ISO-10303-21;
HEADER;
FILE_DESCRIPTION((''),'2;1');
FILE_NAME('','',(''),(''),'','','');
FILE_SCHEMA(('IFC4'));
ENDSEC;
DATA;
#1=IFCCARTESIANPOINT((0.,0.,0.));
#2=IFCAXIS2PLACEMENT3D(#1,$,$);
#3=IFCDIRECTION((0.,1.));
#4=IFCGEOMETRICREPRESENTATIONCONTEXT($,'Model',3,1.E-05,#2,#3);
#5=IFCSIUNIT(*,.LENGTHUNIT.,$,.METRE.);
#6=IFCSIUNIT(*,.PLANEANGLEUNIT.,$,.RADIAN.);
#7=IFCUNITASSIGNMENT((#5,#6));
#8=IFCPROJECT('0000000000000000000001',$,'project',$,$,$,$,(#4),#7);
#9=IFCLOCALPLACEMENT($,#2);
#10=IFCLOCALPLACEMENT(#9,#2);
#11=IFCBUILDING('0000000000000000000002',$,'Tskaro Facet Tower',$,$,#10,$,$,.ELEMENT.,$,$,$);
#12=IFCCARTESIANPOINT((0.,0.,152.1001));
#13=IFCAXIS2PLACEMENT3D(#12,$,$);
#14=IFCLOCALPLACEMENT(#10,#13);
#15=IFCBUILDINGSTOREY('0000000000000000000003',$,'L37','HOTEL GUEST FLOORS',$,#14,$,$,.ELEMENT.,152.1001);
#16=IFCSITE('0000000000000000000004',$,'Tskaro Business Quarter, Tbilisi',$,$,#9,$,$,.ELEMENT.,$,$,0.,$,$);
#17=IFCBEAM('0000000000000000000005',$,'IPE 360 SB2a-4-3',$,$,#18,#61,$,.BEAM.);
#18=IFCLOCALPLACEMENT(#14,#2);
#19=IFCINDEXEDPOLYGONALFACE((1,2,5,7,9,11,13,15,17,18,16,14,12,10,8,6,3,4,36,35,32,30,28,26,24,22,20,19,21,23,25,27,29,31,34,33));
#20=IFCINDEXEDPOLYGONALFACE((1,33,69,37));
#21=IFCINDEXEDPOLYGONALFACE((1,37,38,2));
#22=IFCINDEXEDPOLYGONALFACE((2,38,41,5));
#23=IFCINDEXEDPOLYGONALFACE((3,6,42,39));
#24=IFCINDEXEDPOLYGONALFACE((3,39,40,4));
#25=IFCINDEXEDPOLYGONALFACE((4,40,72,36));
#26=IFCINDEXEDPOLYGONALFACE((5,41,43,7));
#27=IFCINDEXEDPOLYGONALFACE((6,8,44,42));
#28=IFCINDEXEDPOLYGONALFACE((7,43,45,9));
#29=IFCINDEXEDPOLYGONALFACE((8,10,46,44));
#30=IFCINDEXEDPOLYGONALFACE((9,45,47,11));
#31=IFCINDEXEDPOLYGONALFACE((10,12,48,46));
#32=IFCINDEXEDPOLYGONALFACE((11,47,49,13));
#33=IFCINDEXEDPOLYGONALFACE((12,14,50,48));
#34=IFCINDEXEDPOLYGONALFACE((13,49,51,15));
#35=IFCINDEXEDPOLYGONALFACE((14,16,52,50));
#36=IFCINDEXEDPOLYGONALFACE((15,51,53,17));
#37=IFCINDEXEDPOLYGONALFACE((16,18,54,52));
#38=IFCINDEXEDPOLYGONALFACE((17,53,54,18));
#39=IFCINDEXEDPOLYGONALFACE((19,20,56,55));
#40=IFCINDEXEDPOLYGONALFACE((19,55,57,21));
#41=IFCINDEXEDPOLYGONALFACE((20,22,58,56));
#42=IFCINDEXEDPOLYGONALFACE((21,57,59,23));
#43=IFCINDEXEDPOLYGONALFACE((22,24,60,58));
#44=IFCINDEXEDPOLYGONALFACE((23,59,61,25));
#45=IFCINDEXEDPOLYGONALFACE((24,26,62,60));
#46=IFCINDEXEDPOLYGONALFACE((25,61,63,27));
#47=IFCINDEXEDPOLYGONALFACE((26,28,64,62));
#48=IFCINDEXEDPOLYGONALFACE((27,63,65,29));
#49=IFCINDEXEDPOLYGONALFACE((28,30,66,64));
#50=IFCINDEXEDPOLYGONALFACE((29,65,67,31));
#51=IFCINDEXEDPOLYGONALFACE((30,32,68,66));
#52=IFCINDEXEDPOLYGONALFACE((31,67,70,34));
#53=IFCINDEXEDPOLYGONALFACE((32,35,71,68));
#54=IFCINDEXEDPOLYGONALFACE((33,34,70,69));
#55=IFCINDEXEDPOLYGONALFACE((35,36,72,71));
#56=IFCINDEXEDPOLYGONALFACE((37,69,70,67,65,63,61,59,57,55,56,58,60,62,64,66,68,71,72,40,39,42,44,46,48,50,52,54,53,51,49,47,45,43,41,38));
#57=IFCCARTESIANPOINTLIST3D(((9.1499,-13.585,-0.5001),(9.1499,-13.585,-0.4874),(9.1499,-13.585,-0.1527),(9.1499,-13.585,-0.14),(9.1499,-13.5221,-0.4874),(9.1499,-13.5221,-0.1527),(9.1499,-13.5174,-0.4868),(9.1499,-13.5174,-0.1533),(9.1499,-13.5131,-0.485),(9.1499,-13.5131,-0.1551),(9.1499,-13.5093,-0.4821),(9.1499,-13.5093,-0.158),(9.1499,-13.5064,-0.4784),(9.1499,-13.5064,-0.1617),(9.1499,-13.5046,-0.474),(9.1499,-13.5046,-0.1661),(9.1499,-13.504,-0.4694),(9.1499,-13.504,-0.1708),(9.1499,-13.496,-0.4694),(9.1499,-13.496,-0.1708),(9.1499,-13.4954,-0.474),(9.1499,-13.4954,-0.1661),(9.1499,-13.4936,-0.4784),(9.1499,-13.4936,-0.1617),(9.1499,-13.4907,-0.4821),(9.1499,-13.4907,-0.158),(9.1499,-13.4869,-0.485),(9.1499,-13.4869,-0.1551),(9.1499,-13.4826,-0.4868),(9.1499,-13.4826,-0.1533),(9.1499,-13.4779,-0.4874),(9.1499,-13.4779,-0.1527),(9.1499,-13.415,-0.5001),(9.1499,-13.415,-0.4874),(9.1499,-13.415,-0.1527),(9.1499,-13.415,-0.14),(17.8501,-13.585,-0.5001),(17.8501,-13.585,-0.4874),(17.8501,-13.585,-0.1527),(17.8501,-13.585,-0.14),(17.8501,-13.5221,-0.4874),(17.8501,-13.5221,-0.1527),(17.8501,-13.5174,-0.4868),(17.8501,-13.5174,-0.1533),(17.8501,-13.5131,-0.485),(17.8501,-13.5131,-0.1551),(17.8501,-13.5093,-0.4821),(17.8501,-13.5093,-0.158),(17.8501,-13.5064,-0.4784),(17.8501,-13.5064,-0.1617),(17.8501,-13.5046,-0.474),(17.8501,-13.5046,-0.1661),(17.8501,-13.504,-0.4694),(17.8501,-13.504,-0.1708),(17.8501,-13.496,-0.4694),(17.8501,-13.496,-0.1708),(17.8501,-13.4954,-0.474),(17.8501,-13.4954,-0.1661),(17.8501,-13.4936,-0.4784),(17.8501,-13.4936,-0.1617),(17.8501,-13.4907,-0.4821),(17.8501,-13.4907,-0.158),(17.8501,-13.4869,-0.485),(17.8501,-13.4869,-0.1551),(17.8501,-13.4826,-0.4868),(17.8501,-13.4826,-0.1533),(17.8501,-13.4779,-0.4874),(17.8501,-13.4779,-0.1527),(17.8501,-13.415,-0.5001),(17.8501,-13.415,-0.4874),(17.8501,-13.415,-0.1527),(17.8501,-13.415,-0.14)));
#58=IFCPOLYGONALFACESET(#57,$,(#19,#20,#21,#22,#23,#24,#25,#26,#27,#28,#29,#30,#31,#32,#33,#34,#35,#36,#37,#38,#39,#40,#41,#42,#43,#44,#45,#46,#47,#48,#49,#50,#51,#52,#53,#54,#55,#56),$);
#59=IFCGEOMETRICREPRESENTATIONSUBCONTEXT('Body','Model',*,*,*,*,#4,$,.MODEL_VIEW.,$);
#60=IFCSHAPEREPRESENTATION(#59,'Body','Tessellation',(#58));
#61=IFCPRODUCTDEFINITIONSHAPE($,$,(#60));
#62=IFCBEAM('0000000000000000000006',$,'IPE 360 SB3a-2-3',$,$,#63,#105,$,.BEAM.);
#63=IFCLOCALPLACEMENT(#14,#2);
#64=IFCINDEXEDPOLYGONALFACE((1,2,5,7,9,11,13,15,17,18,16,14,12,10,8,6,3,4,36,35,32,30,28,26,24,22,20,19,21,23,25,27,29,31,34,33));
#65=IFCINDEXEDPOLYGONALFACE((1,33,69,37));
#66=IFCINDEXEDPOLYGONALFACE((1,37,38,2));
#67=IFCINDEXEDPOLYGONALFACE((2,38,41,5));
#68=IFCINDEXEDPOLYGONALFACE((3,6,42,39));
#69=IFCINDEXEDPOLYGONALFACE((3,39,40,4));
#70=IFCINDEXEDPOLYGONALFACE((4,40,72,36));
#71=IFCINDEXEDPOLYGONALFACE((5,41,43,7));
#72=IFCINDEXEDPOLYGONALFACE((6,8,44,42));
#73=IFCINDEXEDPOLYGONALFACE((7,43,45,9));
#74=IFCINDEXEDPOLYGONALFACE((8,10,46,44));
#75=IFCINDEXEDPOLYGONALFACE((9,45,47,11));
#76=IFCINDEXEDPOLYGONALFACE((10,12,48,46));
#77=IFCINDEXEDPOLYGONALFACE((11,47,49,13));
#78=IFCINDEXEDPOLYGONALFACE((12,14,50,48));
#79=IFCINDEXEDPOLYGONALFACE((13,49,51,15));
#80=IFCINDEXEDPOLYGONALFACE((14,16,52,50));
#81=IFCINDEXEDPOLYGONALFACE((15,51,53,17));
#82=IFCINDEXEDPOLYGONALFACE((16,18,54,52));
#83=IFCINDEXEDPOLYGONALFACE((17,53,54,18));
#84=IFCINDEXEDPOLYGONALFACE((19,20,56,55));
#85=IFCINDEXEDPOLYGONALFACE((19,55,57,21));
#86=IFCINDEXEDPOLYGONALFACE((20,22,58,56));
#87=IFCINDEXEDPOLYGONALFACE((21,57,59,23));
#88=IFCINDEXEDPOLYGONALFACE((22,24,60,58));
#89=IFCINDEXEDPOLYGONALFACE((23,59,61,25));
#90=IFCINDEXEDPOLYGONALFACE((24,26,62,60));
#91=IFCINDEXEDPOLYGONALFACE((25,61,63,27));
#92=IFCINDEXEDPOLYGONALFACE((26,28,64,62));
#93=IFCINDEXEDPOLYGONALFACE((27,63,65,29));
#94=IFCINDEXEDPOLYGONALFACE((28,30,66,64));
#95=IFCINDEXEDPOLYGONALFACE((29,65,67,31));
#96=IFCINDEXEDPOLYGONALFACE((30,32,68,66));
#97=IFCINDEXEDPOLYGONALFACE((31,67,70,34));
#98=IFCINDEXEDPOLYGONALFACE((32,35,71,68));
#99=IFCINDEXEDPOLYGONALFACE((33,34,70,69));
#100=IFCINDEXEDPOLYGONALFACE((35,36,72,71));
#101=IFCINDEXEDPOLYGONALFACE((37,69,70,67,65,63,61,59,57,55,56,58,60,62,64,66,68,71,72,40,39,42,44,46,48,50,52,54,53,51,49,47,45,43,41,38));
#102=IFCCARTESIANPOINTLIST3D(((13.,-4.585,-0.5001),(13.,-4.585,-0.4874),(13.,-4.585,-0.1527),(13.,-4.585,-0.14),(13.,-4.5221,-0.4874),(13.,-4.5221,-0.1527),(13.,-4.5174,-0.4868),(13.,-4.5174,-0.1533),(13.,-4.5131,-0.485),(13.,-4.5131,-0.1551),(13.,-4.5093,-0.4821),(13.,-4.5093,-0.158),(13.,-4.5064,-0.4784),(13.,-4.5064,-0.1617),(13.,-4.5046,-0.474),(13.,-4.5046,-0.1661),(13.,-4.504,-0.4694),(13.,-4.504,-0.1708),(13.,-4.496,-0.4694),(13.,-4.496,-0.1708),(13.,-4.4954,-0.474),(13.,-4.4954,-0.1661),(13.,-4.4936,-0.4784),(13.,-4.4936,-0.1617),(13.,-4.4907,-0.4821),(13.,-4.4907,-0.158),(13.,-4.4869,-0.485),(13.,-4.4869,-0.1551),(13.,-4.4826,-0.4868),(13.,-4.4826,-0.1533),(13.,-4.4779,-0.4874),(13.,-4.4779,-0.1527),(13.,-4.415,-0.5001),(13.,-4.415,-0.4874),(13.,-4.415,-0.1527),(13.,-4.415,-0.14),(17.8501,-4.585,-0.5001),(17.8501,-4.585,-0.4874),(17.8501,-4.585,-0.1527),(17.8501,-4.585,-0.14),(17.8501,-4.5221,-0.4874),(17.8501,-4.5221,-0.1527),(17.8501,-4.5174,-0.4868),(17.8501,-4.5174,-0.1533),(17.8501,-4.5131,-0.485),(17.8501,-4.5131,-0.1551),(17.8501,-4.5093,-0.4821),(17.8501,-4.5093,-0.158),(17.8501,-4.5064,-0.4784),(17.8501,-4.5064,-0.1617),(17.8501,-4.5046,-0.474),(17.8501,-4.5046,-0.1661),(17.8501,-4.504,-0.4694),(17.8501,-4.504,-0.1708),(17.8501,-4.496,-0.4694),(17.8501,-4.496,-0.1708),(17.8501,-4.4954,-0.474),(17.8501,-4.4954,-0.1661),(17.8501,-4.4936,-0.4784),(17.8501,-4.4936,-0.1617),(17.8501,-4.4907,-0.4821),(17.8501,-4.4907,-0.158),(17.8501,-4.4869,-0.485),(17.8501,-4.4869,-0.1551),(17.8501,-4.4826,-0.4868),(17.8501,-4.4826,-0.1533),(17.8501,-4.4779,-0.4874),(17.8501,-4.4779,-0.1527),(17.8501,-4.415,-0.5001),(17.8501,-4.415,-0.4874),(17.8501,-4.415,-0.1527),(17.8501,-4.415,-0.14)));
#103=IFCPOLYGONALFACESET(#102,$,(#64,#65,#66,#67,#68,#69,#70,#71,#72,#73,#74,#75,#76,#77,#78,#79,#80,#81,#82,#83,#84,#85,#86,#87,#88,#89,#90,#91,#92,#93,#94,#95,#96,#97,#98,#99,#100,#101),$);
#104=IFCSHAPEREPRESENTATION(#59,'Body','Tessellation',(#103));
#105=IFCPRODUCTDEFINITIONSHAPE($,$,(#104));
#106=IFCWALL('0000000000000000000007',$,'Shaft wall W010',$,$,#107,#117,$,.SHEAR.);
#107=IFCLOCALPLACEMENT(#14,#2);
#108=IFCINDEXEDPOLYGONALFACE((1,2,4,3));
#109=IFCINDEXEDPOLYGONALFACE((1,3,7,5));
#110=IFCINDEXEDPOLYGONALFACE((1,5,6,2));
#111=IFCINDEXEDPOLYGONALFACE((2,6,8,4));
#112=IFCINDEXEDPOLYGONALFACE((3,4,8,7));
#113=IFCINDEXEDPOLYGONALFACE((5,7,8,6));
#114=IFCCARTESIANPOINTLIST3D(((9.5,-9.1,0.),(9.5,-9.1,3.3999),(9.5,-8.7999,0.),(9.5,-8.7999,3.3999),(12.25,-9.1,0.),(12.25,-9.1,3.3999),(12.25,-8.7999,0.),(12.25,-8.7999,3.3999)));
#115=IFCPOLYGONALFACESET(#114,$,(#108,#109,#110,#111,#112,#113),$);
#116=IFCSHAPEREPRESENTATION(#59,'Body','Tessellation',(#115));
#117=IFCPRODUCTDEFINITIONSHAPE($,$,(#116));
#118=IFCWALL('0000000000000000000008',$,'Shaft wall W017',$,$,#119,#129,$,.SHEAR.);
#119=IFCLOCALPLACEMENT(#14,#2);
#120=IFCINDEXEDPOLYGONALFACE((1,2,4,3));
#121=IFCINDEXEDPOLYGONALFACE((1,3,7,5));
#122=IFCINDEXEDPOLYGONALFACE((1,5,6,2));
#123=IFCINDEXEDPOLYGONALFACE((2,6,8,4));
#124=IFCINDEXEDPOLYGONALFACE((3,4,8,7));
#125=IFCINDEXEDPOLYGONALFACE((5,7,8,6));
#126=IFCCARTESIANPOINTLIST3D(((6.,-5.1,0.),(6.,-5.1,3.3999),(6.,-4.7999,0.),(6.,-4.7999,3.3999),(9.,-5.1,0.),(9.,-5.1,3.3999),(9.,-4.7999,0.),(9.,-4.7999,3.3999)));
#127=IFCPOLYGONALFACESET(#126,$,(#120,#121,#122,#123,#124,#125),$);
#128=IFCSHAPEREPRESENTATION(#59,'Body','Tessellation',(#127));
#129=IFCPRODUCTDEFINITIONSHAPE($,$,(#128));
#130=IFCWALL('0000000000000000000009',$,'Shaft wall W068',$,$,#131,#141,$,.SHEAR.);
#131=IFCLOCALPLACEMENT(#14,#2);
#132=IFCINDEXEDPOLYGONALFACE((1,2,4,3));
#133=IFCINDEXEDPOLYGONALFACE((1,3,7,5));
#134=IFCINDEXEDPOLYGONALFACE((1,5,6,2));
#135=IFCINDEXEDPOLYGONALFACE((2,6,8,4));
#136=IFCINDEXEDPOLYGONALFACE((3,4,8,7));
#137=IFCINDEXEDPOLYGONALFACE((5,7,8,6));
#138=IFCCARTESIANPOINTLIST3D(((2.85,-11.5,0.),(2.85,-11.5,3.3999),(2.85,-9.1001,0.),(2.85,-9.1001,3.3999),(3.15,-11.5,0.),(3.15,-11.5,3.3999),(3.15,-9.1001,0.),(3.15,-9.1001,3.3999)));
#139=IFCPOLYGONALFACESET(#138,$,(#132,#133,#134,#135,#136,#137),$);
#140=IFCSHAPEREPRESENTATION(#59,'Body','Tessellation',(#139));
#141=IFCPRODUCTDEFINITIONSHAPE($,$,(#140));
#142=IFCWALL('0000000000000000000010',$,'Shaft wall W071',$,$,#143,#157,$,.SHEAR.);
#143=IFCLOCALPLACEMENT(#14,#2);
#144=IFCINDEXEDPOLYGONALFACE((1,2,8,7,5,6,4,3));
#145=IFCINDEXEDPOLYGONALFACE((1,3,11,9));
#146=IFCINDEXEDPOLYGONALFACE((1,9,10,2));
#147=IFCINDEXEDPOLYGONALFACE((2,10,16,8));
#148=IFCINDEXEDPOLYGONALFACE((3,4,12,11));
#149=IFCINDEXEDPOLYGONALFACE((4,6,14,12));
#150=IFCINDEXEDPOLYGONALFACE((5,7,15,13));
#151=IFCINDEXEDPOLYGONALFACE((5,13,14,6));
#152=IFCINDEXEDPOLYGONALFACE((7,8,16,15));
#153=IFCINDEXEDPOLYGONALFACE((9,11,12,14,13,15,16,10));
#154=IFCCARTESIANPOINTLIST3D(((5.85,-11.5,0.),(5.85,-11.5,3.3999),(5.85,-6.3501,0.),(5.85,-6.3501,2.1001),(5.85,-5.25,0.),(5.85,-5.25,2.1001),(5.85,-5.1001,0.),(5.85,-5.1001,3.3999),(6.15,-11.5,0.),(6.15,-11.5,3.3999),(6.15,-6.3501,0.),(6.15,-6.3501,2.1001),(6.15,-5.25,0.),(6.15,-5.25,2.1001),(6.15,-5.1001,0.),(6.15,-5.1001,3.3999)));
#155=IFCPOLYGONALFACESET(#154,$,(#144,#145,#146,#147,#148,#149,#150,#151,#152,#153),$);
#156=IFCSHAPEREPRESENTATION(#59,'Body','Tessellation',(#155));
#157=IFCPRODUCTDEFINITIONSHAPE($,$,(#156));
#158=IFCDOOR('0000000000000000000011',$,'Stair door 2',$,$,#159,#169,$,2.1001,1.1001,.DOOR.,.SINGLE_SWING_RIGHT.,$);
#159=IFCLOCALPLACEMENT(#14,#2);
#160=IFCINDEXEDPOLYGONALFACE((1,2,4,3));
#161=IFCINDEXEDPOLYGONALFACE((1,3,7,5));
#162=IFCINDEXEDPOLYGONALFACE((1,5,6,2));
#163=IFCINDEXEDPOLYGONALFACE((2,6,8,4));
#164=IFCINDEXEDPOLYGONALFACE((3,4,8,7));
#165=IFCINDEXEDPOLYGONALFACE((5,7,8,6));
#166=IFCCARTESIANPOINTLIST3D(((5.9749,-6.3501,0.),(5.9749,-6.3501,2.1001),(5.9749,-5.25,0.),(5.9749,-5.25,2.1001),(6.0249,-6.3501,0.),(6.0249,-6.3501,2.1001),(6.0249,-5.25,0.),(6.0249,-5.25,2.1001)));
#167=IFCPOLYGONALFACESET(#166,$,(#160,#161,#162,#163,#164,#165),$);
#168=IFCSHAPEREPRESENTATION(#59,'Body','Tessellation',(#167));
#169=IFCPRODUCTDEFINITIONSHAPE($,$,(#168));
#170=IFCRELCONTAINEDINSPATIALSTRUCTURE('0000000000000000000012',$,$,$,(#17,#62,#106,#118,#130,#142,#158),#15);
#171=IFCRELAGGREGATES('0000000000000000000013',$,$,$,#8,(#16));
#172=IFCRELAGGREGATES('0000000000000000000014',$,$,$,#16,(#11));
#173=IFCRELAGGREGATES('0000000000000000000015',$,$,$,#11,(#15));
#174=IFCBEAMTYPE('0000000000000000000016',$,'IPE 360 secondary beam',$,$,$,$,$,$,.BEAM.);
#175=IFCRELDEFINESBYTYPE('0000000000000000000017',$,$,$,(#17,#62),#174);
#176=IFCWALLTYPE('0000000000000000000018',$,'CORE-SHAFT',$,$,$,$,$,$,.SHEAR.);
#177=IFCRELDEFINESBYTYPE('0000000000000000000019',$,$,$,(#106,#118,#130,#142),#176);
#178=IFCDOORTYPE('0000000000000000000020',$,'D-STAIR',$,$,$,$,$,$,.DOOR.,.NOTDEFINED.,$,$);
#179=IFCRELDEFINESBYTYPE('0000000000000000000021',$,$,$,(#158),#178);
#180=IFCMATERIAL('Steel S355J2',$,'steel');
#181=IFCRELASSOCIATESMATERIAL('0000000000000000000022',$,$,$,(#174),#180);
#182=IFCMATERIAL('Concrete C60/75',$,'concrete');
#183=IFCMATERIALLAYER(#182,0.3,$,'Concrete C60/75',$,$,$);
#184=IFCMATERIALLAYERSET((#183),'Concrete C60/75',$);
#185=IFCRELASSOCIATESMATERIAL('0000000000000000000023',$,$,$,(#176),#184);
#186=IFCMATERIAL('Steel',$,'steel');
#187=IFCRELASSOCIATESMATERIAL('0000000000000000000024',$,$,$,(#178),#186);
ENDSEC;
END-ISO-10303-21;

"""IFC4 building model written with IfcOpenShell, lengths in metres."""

from ifc_helpers import new_model, si_unit, direction, frame, frame_2d, origin, origin_2d, place, context, subcontext, project, spatial, rectangle, i_section, extrude, material, layer, layer_set, material_profile, profile_set, type_object, element, fill, save


model = new_model("IFC4")

# Units and contexts
model_context = context("Model", 3, precision=1e-05, world=origin(), true_north=direction((0.0, 1.0)))
body_context = subcontext(model_context, "Body", "Model", "MODEL_VIEW")
ifc_project = project(units=[si_unit("LENGTHUNIT", "METRE"), si_unit("PLANEANGLEUNIT", "RADIAN")], contexts=[model_context])

# Site, building, storey
site_placement = place(None, origin())
site = spatial("IfcSite", under=ifc_project, at=site_placement, Name="Tskaro Business Quarter, Tbilisi", CompositionType="ELEMENT", RefElevation=0.0)
building_placement = place(site_placement, origin())
building = spatial("IfcBuilding", under=site, at=building_placement, Name="Tskaro Facet Tower", CompositionType="ELEMENT")
storey_placement = place(building_placement, frame((0.0, 0.0, 152.1001)))
storey = spatial("IfcBuildingStorey", under=building, at=storey_placement, Name="L37", Description="HOTEL GUEST FLOORS", CompositionType="ELEMENT", Elevation=152.1001)

# Beams
ifc_material_1 = material(Name="Steel S355J2", Category="steel")
ifc_material_profile = material_profile(ifc_material_1, i_section(OverallWidth=0.1699, OverallDepth=0.3601, WebThickness=0.0081, FlangeThickness=0.0127, FilletRadius=0.0181, at=origin_2d()), Name="IPE 360")
ifc_profile_set = profile_set([ifc_material_profile], Name="Steel S355J2")
beam_type = type_object("IfcBeamType", Name="IPE 360 secondary beam", PredefinedType="BEAM", material=ifc_profile_set)
beam_1_placement = place(storey_placement, frame((9.1499, -13.5, -0.3201), z_axis=(1.0, 0.0, 0.0), x_axis=(0.0, 1.0, 0.0)))
element("IfcBeam", 1, at=beam_1_placement, inside=storey, type_object=beam_type, Name="IPE 360 SB2a-4-3", PredefinedType="BEAM", context=body_context, shape_type="SweptSolid", body=[
    extrude(i_section(OverallWidth=0.1699, OverallDepth=0.3601, WebThickness=0.0081, FlangeThickness=0.0127, FilletRadius=0.0181, at=origin_2d()), origin(), (0.0, 0.0, 1.0), 8.7002),
])
beam_2_placement = place(storey_placement, frame((13.0, -4.5, -0.3201), z_axis=(1.0, 0.0, 0.0), x_axis=(0.0, 1.0, 0.0)))
element("IfcBeam", 2, at=beam_2_placement, inside=storey, type_object=beam_type, Name="IPE 360 SB3a-2-3", PredefinedType="BEAM", context=body_context, shape_type="SweptSolid", body=[
    extrude(i_section(OverallWidth=0.1699, OverallDepth=0.3601, WebThickness=0.0081, FlangeThickness=0.0127, FilletRadius=0.0181, at=origin_2d()), origin(), (0.0, 0.0, 1.0), 4.8501),
])

# Walls
ifc_material_2 = material(Name="Concrete C60/75", Category="concrete")
ifc_layer_1 = layer(ifc_material_2, 0.3, Name="Concrete C60/75")
ifc_layer_set_1 = layer_set([ifc_layer_1], Name="Concrete C60/75")
wall_type_1 = type_object("IfcWallType", Name="CORE-SHAFT", PredefinedType="SHEAR", material=ifc_layer_set_1)
wall_1_placement = place(storey_placement, frame((9.5, -8.95, 0.0), z_axis=(0.0, 0.0, 1.0), x_axis=(1.0, 0.0, 0.0)))
element("IfcWall", 3, at=wall_1_placement, inside=storey, type_object=wall_type_1, Name="Shaft wall W010", PredefinedType="SHEAR", context=body_context, shape_type="SweptSolid", body=[
    extrude(rectangle(XDim=2.75, YDim=0.3, at=frame_2d((1.375, 0.0))), origin(), (0.0, 0.0, 1.0), 3.3999),
])
wall_2_placement = place(storey_placement, frame((6.0, -4.95, 0.0), z_axis=(0.0, 0.0, 1.0), x_axis=(1.0, 0.0, 0.0)))
element("IfcWall", 4, at=wall_2_placement, inside=storey, type_object=wall_type_1, Name="Shaft wall W017", PredefinedType="SHEAR", context=body_context, shape_type="SweptSolid", body=[
    extrude(rectangle(XDim=3.0, YDim=0.3, at=frame_2d((1.5, 0.0))), origin(), (0.0, 0.0, 1.0), 3.3999),
])
wall_3_placement = place(storey_placement, frame((3.0, -11.5, 0.0), z_axis=(0.0, 0.0, 1.0), x_axis=(0.0, 1.0, 0.0)))
element("IfcWall", 5, at=wall_3_placement, inside=storey, type_object=wall_type_1, Name="Shaft wall W068", PredefinedType="SHEAR", context=body_context, shape_type="SweptSolid", body=[
    extrude(rectangle(XDim=2.3999, YDim=0.3, at=frame_2d((1.2, 0.0))), origin(), (0.0, 0.0, 1.0), 3.3999),
])

# Wall, opening, door
wall_4_placement = place(storey_placement, frame((6.0, -5.1001, 0.0), z_axis=(0.0, 0.0, 1.0), x_axis=(0.0, -1.0, 0.0)))
wall_4 = element("IfcWall", 6, at=wall_4_placement, inside=storey, type_object=wall_type_1, Name="Shaft wall W071", PredefinedType="SHEAR", context=body_context, shape_type="SweptSolid", body=[
    extrude(rectangle(XDim=6.3999, YDim=0.3, at=frame_2d((3.2, 0.0))), origin(), (0.0, 0.0, 1.0), 3.3999),
])
opening_1_placement = place(wall_4_placement, frame((0.1499, 0.0, 0.0)))
opening_1 = element("IfcOpeningElement", 7, at=opening_1_placement, cuts=wall_4, PredefinedType="OPENING", context=body_context, shape_type="SweptSolid", body=[
    extrude(rectangle(XDim=1.1001, YDim=2.1001, at=frame_2d((0.55, 1.05))), frame((0.0, 0.1599, 0.0), z_axis=(0.0, -1.0, 0.0), x_axis=(1.0, 0.0, 0.0)), (0.0, 0.0, 1.0), 0.3201),
])
ifc_material_3 = material(Name="Steel", Category="steel")
door_type_1 = type_object("IfcDoorType", Name="D-STAIR", OperationType="NOTDEFINED", PredefinedType="DOOR", material=ifc_material_3)
door_1_placement = place(opening_1_placement, origin())
door_1 = element("IfcDoor", 8, at=door_1_placement, inside=storey, type_object=door_type_1, Name="Stair door 2", OperationType="SINGLE_SWING_RIGHT", OverallHeight=2.1001, OverallWidth=1.1001, PredefinedType="DOOR", context=body_context, shape_type="SweptSolid", body=[
    extrude(rectangle(XDim=1.1001, YDim=2.1001, at=frame_2d((0.55, 1.05))), frame((0.0, 0.0249, 0.0), z_axis=(0.0, -1.0, 0.0), x_axis=(1.0, 0.0, 0.0)), (0.0, 0.0, 1.0), 0.05),
])
fill(opening_1, door_1)

save(model, "model.ifc")
